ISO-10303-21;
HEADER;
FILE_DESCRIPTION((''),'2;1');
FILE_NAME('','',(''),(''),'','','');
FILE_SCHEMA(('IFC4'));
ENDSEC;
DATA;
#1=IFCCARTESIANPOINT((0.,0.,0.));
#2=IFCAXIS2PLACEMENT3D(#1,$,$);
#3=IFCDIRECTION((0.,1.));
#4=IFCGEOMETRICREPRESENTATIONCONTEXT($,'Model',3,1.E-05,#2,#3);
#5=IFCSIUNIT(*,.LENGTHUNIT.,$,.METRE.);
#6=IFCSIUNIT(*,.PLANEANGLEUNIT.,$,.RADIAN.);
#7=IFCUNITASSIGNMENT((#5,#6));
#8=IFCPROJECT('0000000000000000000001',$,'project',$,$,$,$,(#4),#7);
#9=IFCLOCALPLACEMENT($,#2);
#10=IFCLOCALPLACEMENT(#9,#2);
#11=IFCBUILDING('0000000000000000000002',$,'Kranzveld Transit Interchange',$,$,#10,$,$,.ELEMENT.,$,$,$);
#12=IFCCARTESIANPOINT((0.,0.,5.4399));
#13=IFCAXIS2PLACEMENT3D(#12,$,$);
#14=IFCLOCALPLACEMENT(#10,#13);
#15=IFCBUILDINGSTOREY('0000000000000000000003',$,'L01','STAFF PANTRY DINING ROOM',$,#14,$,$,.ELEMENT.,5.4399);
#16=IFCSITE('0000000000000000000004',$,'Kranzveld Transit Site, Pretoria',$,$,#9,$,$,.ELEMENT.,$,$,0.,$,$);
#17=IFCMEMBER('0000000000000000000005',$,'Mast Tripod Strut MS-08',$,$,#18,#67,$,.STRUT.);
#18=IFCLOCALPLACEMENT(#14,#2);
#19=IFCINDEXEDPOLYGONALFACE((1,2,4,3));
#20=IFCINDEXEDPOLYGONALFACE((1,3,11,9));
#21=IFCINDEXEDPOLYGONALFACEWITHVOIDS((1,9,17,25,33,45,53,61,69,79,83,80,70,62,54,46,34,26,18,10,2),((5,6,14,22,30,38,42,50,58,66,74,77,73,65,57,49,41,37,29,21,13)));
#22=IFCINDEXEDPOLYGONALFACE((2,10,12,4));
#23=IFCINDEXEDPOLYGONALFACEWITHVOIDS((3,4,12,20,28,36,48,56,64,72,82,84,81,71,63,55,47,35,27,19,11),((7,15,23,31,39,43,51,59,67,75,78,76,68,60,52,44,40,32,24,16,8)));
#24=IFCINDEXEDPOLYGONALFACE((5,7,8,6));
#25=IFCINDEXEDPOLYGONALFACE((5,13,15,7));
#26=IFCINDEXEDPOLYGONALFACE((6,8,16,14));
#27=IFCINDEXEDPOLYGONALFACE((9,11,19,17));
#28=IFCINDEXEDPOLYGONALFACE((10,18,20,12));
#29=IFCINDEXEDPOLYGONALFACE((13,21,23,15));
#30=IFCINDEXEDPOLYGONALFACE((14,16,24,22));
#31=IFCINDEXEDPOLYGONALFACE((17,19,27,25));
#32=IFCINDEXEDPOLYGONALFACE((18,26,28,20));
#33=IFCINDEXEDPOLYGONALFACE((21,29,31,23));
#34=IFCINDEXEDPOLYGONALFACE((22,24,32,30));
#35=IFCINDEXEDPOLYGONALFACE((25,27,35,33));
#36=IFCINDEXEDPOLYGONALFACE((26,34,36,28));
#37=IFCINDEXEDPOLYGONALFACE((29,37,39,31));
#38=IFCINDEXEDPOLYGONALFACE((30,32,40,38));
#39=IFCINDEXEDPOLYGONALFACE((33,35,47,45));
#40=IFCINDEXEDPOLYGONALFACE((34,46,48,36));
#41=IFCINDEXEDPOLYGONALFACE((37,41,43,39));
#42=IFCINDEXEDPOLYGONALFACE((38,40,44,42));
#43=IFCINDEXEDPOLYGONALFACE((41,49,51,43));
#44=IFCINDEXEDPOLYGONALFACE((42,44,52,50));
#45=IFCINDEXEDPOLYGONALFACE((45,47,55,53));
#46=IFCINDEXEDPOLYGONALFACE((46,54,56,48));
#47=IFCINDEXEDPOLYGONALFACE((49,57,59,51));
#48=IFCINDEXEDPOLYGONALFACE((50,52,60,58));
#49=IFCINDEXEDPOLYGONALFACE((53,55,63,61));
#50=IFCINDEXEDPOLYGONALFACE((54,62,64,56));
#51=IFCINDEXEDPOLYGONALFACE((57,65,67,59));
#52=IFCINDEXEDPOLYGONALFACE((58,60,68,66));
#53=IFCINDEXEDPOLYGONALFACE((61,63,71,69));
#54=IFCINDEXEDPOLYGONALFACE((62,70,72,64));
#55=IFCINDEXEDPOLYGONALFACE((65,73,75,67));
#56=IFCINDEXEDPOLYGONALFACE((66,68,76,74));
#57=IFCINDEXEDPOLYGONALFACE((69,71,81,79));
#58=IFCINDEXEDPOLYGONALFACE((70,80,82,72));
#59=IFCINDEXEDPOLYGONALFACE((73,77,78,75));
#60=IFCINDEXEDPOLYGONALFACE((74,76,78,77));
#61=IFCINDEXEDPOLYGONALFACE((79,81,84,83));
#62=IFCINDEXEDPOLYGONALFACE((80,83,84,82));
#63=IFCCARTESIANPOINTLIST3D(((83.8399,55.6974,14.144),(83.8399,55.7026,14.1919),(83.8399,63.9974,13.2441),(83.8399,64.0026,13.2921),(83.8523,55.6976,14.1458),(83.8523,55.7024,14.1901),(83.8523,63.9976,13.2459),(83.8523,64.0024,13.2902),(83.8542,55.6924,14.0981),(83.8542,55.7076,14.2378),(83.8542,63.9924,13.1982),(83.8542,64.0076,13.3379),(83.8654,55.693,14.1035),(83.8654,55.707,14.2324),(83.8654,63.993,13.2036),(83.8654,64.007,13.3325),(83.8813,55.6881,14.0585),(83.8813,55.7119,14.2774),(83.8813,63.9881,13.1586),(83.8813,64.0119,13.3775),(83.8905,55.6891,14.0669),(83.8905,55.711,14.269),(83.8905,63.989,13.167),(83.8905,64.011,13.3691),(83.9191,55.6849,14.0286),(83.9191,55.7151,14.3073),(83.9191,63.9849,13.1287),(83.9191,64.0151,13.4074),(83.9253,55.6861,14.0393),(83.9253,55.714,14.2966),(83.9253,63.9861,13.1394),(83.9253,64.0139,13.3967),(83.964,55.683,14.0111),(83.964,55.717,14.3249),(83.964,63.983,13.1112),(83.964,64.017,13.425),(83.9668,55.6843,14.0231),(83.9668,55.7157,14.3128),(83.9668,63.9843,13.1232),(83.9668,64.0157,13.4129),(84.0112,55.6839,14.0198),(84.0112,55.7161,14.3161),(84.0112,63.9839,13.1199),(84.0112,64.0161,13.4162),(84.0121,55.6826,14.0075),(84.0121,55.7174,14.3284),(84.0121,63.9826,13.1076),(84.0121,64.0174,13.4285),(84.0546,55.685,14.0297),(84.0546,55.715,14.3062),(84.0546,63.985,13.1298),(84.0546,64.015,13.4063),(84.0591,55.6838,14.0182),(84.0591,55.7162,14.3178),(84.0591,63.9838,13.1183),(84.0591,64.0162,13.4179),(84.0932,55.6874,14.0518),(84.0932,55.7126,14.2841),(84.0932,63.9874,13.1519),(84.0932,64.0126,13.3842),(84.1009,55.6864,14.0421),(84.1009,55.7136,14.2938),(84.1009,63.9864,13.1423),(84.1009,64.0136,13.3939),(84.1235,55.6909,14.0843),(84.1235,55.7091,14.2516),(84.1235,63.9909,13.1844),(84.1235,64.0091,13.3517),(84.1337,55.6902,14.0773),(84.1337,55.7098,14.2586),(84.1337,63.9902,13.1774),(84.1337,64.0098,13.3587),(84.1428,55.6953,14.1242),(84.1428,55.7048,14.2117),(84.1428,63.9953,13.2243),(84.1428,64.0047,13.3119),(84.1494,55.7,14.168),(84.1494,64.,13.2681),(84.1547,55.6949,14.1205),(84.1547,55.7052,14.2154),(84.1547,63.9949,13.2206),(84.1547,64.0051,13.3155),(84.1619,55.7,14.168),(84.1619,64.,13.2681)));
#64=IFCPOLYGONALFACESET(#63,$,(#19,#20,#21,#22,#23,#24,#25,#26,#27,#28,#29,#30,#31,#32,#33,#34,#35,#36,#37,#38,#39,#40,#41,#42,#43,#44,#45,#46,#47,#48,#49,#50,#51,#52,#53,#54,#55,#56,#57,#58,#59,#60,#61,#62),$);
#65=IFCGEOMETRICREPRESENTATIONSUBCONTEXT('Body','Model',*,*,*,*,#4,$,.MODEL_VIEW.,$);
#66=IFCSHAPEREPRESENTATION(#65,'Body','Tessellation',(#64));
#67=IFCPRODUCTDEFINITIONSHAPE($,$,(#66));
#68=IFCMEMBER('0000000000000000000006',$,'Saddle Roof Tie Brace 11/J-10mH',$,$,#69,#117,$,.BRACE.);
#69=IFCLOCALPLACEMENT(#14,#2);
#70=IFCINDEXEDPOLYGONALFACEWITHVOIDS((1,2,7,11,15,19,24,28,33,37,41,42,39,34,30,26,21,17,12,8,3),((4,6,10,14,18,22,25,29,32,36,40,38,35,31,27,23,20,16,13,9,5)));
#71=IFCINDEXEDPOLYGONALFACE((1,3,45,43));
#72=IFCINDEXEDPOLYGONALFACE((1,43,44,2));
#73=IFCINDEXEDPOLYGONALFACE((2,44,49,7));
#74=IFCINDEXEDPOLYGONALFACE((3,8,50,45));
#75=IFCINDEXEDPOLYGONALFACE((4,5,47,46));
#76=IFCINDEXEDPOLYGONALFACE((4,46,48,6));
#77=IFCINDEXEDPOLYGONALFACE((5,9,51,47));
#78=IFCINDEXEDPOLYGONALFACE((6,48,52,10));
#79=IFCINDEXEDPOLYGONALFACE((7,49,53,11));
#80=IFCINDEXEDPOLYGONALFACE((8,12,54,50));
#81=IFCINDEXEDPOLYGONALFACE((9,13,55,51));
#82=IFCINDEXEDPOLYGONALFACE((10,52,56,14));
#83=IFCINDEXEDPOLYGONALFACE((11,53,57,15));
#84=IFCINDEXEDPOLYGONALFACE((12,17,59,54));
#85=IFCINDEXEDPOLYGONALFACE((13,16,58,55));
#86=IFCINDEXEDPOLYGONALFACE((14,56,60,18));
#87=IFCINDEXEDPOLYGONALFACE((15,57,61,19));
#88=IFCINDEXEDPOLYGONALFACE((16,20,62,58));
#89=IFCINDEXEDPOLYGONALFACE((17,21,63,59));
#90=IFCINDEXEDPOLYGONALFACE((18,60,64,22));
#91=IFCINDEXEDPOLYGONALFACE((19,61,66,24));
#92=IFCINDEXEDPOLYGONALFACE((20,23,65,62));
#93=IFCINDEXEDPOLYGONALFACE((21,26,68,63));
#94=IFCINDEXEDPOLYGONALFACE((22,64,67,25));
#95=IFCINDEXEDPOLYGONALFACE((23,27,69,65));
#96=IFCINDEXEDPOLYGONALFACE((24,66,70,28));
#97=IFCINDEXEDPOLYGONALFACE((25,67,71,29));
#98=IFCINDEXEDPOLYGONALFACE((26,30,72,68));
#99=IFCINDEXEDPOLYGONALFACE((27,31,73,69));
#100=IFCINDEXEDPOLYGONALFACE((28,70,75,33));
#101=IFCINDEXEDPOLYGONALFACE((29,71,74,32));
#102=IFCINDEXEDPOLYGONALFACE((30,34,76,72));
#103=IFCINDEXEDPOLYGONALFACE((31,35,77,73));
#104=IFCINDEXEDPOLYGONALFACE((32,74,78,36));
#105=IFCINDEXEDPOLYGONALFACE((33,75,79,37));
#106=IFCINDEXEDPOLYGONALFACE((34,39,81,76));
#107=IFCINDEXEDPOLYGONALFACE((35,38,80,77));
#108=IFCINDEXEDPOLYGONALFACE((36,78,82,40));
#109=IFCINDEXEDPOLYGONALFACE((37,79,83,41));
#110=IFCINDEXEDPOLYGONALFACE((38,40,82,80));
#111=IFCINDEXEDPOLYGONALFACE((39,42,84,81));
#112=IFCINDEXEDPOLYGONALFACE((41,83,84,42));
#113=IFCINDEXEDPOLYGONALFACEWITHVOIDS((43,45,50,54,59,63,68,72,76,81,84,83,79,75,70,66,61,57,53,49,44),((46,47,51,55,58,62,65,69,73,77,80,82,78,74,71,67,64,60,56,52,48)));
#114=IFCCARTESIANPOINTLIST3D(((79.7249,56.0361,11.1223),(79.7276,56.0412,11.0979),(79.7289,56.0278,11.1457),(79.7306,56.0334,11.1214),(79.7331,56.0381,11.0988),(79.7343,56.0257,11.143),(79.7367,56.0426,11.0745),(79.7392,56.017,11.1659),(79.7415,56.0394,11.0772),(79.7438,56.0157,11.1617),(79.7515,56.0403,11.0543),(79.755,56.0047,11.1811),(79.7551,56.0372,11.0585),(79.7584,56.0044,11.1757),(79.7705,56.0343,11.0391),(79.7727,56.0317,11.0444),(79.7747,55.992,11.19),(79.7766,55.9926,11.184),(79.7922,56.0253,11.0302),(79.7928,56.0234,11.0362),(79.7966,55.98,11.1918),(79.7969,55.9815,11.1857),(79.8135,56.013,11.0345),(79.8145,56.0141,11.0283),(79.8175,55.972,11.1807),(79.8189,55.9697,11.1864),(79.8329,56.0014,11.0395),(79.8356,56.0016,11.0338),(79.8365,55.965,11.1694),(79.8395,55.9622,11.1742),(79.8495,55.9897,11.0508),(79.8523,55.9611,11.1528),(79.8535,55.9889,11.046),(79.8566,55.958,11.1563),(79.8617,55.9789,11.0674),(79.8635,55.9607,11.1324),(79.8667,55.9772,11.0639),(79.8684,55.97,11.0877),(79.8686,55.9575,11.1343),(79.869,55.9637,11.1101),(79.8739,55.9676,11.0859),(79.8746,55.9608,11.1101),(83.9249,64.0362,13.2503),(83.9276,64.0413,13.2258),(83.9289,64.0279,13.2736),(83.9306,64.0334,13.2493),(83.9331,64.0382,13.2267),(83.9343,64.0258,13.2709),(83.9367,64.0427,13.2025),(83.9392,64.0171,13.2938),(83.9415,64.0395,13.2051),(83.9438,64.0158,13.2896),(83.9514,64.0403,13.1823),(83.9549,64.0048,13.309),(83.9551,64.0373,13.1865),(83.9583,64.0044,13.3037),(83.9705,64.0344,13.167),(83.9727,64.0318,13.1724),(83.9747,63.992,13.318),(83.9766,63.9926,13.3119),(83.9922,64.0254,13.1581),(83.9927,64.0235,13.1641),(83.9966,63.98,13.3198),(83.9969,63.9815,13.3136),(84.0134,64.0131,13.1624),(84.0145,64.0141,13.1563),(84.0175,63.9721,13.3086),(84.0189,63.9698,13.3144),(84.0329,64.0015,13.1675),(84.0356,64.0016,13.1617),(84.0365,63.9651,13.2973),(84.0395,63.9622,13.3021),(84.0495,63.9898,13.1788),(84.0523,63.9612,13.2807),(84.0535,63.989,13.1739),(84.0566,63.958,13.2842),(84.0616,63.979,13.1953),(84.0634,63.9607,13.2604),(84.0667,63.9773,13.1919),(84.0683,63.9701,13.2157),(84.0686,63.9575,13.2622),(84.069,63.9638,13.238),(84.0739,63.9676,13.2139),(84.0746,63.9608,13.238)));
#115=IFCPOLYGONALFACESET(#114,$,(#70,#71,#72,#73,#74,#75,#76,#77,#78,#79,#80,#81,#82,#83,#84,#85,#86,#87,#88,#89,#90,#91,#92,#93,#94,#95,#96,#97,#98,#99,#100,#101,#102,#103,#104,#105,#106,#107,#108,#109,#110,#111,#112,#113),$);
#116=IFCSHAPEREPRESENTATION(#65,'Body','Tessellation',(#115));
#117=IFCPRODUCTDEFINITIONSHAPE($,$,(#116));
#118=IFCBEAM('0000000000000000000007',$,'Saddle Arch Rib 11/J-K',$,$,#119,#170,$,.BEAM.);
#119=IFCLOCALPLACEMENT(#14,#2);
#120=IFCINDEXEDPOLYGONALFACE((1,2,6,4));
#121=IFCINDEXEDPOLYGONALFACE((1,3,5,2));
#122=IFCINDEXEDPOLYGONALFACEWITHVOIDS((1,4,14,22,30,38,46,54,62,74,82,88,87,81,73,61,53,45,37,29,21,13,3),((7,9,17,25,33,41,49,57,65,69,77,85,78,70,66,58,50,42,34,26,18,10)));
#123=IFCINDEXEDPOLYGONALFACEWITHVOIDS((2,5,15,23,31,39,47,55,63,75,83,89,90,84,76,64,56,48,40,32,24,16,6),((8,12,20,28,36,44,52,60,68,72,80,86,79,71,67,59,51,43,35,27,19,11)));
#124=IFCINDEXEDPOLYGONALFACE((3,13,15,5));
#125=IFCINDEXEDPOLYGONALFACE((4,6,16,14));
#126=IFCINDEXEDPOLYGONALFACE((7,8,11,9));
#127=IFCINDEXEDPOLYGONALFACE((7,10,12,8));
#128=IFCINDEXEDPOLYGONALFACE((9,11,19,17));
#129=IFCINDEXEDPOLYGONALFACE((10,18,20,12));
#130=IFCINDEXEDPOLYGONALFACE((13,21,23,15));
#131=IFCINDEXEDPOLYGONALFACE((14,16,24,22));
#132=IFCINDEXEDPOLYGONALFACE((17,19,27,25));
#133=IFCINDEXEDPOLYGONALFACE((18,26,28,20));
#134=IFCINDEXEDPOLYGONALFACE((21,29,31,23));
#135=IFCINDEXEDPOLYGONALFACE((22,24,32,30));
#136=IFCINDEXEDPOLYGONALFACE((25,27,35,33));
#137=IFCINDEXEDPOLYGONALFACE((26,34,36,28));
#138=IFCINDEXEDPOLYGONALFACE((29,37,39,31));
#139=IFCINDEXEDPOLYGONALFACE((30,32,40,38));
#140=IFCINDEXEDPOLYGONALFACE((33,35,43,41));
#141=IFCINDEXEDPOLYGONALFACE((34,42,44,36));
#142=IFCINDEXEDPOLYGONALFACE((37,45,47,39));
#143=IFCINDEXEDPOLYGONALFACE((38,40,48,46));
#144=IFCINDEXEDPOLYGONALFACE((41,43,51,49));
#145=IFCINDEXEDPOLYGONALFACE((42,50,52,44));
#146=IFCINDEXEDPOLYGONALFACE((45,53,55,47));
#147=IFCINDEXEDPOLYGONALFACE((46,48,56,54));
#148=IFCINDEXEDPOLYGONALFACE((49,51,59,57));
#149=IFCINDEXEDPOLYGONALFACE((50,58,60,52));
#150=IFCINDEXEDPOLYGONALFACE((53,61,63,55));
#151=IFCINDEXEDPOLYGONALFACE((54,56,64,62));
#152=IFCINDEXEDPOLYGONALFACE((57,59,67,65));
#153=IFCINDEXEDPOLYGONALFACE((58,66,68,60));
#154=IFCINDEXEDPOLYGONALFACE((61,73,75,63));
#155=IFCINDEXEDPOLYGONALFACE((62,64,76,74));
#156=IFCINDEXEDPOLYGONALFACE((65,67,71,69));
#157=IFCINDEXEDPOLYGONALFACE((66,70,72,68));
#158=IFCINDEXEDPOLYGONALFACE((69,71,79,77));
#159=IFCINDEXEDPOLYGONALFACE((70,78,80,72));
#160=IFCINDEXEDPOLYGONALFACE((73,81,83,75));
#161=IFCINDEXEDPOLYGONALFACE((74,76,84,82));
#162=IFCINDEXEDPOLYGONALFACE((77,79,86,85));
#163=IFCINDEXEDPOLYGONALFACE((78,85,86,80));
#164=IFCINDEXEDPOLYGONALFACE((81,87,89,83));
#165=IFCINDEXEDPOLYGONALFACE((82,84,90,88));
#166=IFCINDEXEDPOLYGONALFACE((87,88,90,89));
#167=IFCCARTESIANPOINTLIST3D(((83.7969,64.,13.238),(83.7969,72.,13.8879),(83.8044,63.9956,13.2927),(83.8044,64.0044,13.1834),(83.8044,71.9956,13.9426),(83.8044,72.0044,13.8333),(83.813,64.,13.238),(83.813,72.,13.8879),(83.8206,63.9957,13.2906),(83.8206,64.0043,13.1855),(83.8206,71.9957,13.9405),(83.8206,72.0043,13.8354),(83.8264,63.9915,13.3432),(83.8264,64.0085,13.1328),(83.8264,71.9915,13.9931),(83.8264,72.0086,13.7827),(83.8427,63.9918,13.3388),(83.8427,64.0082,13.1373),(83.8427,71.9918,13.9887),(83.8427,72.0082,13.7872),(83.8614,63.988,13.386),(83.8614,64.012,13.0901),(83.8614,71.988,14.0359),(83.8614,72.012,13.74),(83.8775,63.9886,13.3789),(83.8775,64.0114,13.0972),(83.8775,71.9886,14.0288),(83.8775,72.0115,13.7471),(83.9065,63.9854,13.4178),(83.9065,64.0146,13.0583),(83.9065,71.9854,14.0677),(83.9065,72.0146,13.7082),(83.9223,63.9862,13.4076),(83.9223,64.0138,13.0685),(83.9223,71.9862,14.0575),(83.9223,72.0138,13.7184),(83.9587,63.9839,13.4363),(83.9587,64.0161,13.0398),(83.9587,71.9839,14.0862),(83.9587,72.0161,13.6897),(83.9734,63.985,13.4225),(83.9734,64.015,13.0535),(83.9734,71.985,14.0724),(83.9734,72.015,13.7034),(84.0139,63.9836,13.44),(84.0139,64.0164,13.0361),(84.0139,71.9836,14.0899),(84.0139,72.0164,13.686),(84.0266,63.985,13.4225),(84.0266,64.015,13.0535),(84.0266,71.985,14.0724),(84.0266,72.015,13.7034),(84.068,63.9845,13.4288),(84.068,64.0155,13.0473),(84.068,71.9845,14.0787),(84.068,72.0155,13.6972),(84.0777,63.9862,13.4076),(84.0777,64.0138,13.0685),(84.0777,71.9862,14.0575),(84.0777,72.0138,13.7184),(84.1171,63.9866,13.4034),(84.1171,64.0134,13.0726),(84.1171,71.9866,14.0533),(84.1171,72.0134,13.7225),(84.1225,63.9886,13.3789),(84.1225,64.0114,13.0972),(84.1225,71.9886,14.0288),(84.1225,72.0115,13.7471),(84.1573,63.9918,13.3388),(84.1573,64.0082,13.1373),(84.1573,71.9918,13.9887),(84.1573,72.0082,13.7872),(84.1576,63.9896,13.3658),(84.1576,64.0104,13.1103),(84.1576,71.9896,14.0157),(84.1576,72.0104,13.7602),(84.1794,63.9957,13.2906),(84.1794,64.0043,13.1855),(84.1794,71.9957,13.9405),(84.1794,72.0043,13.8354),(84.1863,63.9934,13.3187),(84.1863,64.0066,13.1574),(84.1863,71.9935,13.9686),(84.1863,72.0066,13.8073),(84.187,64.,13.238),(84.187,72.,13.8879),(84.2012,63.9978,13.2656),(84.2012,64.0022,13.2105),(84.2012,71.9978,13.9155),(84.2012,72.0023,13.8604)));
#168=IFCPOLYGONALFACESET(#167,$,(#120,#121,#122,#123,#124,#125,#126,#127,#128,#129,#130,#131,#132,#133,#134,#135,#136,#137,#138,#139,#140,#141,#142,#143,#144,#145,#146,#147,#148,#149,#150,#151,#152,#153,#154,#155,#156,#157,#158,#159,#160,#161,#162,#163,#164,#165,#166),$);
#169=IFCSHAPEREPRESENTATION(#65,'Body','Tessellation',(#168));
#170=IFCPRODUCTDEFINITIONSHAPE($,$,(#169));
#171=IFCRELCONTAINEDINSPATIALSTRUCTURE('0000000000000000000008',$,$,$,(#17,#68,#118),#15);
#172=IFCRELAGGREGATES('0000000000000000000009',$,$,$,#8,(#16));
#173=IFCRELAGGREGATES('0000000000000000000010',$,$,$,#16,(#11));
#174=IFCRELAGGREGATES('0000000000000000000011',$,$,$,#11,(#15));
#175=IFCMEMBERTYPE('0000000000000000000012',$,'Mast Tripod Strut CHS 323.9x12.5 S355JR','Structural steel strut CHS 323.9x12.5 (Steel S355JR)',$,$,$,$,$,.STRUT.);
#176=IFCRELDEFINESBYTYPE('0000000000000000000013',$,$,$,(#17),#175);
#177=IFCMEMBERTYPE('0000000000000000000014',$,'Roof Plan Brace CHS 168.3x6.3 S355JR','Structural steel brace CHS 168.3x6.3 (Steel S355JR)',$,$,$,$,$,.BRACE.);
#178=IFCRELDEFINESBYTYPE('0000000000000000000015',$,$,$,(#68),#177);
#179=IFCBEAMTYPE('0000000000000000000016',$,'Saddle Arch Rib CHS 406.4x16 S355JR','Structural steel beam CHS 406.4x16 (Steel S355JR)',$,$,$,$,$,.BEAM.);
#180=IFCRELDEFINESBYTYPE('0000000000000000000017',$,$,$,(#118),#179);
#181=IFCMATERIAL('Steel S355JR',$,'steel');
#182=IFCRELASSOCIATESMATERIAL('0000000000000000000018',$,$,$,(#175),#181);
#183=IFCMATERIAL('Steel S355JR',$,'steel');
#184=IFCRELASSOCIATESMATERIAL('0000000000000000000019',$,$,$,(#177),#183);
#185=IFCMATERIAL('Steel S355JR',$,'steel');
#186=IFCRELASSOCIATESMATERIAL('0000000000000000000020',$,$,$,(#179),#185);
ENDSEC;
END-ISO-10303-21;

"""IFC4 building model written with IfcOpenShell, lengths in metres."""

from ifc_helpers import new_model, si_unit, direction, frame, origin, origin_2d, place, context, subcontext, project, spatial, hollow_circle, extrude, material, material_profile, profile_set, type_object, element, save


model = new_model("IFC4")

# Units and contexts
model_context = context("Model", 3, precision=1e-05, world=origin(), true_north=direction((0.0, 1.0)))
body_context = subcontext(model_context, "Body", "Model", "MODEL_VIEW")
ifc_project = project(units=[si_unit("LENGTHUNIT", "METRE"), si_unit("PLANEANGLEUNIT", "RADIAN")], contexts=[model_context])

# Site, building, storey
site_placement = place(None, origin())
site = spatial("IfcSite", under=ifc_project, at=site_placement, Name="Kranzveld Transit Site, Pretoria", CompositionType="ELEMENT", RefElevation=0.0)
building_placement = place(site_placement, origin())
building = spatial("IfcBuilding", under=site, at=building_placement, Name="Kranzveld Transit Interchange", CompositionType="ELEMENT")
storey_placement = place(building_placement, frame((0.0, 0.0, 5.4399)))
storey = spatial("IfcBuildingStorey", under=building, at=storey_placement, Name="L01", Description="STAFF PANTRY DINING ROOM", CompositionType="ELEMENT", Elevation=5.4399)

# Members
ifc_material_1 = material(Name="Steel S355JR", Category="steel")
ifc_material_profile_1 = material_profile(ifc_material_1, hollow_circle(Radius=0.1619, WallThickness=0.0125, at=origin_2d()), Name="CHS 323.9x12.5")
ifc_profile_set_1 = profile_set([ifc_material_profile_1], Name="Steel S355JR")
member_type_1 = type_object("IfcMemberType", Name="Mast Tripod Strut CHS 323.9x12.5 S355JR", Description="Structural steel strut CHS 323.9x12.5 (Steel S355JR)", PredefinedType="STRUT", material=ifc_profile_set_1)
member_1_placement = place(storey_placement, frame((84.0, 64.0, 13.2681), z_axis=(0.0, -0.994174, 0.10779), x_axis=(1.0, 0.0, 0.0)))
element("IfcMember", 1, at=member_1_placement, inside=storey, type_object=member_type_1, Name="Mast Tripod Strut MS-08", PredefinedType="STRUT", context=body_context, shape_type="SweptSolid", body=[
    extrude(hollow_circle(Radius=0.1619, WallThickness=0.0125, at=origin_2d()), origin(), (0.0, 0.0, 1.0), 8.3486),
])
ifc_material_2 = material(Name="Steel S355JR", Category="steel")
ifc_material_profile_2 = material_profile(ifc_material_2, hollow_circle(Radius=0.0842, WallThickness=0.0063, at=origin_2d()), Name="CHS 168.3x6.3")
ifc_profile_set_2 = profile_set([ifc_material_profile_2], Name="Steel S355JR")
member_type_2 = type_object("IfcMemberType", Name="Roof Plan Brace CHS 168.3x6.3 S355JR", Description="Structural steel brace CHS 168.3x6.3 (Steel S355JR)", PredefinedType="BRACE", material=ifc_profile_set_2)
member_2_placement = place(storey_placement, frame((84.0, 64.0, 13.238), z_axis=(-0.452452, -0.861822, -0.229237), x_axis=(0.8854, -0.46483, 0.0)))
element("IfcMember", 2, at=member_2_placement, inside=storey, type_object=member_type_2, Name="Saddle Roof Tie Brace 11/J-10mH", PredefinedType="BRACE", context=body_context, shape_type="SweptSolid", body=[
    extrude(hollow_circle(Radius=0.0842, WallThickness=0.0063, at=origin_2d()), origin(), (0.0, 0.0, 1.0), 9.2827),
])

# Beam
ifc_material_3 = material(Name="Steel S355JR", Category="steel")
ifc_material_profile_3 = material_profile(ifc_material_3, hollow_circle(Radius=0.2031, WallThickness=0.0161, at=origin_2d()), Name="CHS 406.4x16")
ifc_profile_set_3 = profile_set([ifc_material_profile_3], Name="Steel S355JR")
beam_type = type_object("IfcBeamType", Name="Saddle Arch Rib CHS 406.4x16 S355JR", Description="Structural steel beam CHS 406.4x16 (Steel S355JR)", PredefinedType="BEAM", material=ifc_profile_set_3)
for number, where, z_axis, x_axis, name in (
    (3, (84.0, 64.0, 13.238), (0.0, 0.996716, 0.080971), (-1.0, 0.0, 0.0), "Saddle Arch Rib 11/J-K"),
):
    element("IfcBeam", number, at=place(storey_placement, frame(where, z_axis=z_axis, x_axis=x_axis)), inside=storey, type_object=beam_type, Name=name, PredefinedType="BEAM", context=body_context, shape_type="SweptSolid", body=[
        extrude(hollow_circle(Radius=0.2031, WallThickness=0.0161, at=origin_2d()), origin(), (0.0, 0.0, 1.0), 8.0264),
    ])

save(model, "model.ifc")
